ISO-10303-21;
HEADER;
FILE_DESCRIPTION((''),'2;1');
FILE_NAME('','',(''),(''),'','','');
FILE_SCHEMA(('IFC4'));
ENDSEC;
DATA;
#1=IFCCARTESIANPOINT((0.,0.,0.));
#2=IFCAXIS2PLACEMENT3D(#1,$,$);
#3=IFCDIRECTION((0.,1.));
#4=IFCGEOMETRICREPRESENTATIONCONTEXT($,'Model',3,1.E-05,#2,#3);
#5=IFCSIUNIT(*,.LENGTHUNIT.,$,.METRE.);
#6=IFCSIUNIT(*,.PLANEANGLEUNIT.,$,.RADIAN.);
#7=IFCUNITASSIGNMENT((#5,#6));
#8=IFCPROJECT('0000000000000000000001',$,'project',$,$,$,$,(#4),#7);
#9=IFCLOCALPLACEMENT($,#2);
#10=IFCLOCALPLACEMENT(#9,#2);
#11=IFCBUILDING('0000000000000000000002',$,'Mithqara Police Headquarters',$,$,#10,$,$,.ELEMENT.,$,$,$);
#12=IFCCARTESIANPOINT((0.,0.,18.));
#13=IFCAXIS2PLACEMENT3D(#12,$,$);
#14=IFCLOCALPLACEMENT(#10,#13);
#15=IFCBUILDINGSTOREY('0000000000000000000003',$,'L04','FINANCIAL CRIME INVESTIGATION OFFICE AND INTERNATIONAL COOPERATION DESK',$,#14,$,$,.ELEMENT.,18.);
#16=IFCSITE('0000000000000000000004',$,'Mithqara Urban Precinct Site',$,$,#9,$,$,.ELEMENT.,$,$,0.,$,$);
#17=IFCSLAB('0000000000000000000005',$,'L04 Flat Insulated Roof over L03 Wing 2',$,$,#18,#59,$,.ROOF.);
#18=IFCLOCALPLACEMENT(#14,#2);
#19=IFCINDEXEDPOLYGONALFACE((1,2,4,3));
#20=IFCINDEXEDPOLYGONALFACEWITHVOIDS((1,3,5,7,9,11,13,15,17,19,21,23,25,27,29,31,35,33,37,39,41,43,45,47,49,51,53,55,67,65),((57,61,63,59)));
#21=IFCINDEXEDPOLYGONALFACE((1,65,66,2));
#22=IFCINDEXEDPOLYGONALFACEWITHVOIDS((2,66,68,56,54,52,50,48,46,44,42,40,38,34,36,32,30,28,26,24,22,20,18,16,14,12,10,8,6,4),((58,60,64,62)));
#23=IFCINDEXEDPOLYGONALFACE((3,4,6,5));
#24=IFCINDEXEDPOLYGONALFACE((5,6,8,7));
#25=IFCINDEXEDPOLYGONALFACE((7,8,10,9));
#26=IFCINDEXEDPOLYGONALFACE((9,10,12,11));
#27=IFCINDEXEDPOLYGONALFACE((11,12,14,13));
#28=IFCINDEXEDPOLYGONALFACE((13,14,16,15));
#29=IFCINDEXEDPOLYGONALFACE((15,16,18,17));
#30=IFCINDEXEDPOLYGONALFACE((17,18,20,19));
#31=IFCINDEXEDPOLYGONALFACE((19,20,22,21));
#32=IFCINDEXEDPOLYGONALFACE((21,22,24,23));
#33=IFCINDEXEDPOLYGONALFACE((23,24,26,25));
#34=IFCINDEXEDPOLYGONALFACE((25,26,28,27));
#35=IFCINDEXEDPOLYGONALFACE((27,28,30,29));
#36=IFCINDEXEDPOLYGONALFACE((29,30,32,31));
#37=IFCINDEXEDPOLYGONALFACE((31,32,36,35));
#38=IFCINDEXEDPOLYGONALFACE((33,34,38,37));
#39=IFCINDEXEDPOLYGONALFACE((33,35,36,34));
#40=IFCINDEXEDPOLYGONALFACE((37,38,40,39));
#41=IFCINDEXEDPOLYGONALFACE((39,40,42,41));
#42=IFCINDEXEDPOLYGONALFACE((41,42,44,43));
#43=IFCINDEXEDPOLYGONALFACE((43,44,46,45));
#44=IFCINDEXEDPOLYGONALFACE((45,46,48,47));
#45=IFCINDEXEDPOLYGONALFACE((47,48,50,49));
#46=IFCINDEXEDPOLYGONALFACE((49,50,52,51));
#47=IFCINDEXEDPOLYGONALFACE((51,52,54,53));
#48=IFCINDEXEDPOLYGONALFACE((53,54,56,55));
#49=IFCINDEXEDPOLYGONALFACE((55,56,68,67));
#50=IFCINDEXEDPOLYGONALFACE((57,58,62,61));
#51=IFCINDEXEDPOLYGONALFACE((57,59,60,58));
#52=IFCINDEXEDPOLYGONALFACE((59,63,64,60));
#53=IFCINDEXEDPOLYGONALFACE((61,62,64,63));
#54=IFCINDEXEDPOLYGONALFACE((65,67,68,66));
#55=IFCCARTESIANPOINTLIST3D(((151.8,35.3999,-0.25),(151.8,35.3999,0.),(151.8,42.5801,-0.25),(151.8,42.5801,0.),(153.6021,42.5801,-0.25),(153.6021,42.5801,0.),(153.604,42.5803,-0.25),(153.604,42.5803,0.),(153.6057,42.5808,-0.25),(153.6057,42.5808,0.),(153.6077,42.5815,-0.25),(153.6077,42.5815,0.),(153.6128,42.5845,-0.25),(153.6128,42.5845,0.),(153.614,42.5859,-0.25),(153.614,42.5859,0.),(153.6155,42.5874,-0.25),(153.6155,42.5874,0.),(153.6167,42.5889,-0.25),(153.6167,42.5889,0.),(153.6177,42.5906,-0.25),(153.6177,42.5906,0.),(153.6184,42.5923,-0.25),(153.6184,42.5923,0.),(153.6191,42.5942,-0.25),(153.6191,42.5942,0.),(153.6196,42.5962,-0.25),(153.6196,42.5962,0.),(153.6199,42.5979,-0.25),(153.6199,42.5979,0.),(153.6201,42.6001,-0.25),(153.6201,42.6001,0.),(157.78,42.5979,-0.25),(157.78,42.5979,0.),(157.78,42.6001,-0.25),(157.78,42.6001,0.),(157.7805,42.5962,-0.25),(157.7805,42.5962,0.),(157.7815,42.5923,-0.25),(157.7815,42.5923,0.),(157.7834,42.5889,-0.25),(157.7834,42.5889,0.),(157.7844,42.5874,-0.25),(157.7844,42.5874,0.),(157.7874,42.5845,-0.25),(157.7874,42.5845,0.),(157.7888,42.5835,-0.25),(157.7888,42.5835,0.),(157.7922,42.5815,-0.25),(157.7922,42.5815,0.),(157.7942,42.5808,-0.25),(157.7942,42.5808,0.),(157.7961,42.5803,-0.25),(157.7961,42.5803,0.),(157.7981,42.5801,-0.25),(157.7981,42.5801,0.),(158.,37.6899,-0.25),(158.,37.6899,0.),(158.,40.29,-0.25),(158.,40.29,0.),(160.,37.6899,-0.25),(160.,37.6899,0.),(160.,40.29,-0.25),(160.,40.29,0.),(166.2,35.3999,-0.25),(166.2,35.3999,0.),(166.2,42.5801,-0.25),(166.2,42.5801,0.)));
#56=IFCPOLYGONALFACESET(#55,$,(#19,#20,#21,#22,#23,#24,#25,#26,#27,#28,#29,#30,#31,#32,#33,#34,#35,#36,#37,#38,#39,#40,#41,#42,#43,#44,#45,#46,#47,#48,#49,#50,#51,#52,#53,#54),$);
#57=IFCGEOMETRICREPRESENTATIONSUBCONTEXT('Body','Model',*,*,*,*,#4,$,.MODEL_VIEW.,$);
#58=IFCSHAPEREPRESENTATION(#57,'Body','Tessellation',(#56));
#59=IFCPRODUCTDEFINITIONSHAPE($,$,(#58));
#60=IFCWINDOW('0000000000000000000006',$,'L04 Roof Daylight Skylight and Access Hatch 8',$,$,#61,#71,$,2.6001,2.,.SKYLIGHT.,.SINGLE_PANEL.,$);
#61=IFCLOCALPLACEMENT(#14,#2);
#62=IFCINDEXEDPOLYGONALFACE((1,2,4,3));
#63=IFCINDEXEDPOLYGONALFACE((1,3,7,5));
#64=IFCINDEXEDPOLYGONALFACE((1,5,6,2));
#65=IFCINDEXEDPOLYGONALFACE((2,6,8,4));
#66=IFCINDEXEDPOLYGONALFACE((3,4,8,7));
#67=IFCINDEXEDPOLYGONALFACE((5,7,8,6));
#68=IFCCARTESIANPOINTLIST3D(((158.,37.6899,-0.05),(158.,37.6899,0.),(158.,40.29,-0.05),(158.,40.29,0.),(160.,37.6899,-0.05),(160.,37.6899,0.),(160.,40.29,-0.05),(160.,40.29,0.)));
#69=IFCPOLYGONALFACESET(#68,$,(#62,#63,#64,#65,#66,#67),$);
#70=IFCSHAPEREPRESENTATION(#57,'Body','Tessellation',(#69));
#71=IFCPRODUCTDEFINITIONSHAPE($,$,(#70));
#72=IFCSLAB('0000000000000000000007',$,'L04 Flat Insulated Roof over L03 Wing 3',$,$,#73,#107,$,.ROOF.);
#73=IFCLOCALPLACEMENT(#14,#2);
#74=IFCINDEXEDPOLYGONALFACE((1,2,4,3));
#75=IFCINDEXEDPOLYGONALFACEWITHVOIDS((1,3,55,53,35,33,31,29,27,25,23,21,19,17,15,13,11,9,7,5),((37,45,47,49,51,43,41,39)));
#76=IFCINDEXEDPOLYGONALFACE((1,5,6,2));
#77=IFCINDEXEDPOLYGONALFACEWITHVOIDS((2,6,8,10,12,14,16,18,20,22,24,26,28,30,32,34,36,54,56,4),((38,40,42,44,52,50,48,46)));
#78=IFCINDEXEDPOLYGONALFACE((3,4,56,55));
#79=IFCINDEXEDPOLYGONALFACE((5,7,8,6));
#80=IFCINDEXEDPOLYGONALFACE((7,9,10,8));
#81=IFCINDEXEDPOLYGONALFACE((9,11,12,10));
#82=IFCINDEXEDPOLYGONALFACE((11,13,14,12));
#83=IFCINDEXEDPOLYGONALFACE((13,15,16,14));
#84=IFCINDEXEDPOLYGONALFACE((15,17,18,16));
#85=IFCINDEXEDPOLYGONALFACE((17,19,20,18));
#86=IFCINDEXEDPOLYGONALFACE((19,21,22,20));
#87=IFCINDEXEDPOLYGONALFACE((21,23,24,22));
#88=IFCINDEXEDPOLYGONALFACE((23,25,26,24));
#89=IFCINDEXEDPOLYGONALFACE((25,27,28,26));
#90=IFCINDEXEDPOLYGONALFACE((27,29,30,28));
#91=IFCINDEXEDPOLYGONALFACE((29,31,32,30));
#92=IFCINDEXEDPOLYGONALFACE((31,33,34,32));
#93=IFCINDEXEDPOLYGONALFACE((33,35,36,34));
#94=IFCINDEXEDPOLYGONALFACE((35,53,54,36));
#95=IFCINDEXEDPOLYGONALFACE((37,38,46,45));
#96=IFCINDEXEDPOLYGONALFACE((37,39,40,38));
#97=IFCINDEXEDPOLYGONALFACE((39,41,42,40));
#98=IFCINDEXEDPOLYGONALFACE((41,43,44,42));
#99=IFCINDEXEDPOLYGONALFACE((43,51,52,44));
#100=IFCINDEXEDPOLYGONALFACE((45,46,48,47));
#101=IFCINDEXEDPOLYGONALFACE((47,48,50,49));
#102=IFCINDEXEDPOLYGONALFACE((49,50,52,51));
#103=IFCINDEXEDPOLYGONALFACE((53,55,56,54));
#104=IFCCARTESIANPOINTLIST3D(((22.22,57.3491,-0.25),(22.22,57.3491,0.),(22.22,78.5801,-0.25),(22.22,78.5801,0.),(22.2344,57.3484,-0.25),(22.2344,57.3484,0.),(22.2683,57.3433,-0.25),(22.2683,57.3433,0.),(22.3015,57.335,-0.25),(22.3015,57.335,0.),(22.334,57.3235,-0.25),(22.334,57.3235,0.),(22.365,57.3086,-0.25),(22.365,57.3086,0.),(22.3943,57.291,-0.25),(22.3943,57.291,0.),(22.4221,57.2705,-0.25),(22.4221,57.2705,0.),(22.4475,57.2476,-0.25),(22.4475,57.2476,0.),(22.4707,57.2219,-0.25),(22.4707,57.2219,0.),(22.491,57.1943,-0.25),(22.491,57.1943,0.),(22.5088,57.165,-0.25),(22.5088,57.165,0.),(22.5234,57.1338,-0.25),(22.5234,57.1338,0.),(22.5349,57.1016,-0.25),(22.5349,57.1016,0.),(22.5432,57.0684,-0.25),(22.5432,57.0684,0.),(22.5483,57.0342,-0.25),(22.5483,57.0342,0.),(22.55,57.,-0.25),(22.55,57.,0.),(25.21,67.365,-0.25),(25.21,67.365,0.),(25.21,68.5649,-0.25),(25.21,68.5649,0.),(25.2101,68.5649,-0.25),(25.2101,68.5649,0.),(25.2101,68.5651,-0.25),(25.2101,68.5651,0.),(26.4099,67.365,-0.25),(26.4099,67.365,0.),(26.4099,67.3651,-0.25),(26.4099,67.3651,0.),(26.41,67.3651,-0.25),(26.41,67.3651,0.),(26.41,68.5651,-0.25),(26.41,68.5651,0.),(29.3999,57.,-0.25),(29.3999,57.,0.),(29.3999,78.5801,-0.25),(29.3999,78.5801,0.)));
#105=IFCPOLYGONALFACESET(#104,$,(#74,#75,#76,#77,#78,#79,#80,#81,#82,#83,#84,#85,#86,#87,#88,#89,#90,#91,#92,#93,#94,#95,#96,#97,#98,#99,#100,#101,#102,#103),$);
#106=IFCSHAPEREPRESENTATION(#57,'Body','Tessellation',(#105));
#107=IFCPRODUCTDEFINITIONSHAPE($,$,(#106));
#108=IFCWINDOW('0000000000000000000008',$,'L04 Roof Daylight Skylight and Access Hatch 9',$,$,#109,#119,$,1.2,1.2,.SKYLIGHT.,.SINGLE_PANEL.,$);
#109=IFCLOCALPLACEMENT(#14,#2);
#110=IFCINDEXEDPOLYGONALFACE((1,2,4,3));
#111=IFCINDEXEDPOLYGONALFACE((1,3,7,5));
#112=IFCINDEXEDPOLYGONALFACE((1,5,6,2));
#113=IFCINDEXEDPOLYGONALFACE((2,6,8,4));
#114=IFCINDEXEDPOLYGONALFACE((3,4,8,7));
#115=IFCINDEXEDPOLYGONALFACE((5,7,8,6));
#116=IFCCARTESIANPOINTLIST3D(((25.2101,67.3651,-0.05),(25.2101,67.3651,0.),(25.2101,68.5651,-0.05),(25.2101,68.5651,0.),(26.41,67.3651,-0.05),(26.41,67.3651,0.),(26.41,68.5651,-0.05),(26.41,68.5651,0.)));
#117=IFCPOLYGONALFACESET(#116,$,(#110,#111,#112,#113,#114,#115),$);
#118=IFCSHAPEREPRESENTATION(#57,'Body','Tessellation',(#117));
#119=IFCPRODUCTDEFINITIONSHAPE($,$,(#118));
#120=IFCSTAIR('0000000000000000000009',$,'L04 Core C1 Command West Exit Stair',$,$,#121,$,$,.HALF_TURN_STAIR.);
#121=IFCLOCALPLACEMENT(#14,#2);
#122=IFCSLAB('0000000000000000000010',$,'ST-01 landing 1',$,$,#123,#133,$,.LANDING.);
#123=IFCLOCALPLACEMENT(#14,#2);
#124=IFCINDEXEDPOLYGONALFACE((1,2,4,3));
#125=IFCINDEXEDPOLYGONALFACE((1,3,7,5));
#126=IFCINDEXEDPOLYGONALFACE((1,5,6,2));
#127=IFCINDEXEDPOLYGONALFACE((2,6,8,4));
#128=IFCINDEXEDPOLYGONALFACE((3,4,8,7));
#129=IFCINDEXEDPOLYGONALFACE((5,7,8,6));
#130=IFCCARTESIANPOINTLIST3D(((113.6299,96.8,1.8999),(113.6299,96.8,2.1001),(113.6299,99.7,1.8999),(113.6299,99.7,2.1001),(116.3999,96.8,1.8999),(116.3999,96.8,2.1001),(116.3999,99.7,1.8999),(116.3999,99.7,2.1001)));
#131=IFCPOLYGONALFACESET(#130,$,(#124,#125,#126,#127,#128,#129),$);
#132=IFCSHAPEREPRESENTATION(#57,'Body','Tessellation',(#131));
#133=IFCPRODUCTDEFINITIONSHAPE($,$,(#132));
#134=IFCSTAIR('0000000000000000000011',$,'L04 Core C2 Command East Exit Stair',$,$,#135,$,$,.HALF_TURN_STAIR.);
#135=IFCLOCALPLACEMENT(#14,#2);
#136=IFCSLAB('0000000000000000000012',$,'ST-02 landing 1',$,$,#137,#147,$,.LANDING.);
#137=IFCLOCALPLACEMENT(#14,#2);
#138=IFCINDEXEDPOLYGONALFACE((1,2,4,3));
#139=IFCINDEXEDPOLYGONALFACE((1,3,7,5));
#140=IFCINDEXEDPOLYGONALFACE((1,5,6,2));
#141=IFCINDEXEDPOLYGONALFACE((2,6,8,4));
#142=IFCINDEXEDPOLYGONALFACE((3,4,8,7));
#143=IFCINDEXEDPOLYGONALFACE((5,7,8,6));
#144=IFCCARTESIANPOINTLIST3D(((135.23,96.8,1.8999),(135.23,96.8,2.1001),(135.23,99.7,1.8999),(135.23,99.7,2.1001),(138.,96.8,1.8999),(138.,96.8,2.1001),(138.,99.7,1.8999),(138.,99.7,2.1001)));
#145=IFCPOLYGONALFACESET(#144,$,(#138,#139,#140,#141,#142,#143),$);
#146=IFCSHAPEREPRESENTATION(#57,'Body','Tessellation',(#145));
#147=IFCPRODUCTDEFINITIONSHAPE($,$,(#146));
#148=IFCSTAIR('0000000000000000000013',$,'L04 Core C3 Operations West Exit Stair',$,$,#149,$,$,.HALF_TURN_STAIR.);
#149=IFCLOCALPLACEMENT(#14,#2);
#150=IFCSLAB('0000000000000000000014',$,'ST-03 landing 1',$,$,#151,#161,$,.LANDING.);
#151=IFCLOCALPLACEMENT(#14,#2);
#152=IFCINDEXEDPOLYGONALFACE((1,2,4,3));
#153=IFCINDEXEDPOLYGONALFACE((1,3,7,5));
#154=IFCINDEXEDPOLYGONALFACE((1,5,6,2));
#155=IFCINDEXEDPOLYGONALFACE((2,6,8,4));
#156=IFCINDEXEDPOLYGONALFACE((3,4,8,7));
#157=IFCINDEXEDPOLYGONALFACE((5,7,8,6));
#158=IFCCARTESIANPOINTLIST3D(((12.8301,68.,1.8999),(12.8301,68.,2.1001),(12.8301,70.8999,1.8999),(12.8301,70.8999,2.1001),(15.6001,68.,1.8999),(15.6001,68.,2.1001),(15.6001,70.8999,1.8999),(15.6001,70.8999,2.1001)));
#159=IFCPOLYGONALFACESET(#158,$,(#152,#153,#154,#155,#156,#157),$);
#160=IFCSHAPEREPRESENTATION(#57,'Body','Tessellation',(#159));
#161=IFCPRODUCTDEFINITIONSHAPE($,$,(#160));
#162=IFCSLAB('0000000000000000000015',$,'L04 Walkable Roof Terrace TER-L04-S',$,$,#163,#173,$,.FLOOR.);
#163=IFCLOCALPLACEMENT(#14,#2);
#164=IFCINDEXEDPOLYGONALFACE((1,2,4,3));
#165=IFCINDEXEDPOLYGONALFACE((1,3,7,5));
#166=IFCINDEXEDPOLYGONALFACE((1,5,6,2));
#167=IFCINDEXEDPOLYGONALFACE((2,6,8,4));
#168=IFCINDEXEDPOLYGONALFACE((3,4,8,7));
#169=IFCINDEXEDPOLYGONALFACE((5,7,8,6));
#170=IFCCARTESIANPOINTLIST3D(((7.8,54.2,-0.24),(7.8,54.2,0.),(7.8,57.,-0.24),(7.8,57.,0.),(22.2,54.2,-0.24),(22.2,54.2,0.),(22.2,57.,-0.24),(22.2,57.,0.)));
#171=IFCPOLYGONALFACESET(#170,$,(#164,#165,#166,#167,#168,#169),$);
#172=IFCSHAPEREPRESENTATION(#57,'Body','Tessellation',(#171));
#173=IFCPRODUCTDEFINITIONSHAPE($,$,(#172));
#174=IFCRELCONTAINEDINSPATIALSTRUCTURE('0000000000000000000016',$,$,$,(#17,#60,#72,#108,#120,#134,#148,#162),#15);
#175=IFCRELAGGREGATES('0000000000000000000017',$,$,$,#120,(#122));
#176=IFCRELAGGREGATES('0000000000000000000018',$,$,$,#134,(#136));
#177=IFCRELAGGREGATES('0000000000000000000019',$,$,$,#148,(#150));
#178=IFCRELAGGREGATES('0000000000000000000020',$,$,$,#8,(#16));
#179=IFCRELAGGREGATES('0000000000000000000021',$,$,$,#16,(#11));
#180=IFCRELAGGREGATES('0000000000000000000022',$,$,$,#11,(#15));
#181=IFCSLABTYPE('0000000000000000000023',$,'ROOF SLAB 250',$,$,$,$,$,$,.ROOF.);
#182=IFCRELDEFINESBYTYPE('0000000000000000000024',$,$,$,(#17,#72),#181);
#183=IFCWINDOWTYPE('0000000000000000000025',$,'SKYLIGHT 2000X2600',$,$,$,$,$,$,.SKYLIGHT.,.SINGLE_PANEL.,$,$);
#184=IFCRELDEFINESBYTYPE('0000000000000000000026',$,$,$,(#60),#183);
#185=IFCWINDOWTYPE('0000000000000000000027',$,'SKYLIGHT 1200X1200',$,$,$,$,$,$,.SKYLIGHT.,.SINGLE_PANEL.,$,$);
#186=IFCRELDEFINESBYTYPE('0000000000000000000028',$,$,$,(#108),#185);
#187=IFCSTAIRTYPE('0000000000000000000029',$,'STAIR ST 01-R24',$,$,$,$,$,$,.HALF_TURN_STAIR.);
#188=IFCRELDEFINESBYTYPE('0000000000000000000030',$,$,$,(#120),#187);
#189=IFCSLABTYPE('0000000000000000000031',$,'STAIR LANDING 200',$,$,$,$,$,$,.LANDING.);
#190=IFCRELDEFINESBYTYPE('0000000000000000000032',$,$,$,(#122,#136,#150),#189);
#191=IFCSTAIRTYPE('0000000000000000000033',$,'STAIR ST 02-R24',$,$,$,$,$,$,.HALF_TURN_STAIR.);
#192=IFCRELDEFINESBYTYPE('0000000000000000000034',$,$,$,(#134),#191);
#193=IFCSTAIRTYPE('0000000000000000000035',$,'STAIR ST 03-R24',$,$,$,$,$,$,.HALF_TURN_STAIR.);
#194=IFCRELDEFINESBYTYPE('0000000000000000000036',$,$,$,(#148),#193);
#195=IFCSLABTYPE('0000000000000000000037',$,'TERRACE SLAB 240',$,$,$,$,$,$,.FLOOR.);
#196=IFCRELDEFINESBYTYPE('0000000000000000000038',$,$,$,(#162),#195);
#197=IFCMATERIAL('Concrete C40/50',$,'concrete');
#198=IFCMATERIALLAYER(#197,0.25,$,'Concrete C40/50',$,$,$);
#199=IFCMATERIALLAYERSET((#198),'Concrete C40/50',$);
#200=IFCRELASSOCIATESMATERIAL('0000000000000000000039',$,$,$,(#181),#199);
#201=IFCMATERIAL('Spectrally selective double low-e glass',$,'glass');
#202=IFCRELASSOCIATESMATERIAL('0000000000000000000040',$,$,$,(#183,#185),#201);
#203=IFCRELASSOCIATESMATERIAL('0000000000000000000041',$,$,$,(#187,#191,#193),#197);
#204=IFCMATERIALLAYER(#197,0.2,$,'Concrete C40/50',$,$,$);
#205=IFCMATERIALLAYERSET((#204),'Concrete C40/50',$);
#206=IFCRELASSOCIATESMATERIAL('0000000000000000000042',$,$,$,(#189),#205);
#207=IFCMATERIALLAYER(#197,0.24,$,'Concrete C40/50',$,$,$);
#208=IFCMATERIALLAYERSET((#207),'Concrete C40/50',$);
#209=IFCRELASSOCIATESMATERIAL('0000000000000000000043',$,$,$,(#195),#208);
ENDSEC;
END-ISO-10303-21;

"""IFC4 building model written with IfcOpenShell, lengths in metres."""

from ifc_helpers import new_model, si_unit, direction, frame, origin, origin_2d, place, context, subcontext, project, spatial, polyline, rectangle, outline, extrude, material, layer, layer_set, type_object, element, fill, aggregate, save


model = new_model("IFC4")

# Units and contexts
model_context = context("Model", 3, precision=1e-05, world=origin(), true_north=direction((0.0, 1.0)))
body_context = subcontext(model_context, "Body", "Model", "MODEL_VIEW")
ifc_project = project(units=[si_unit("LENGTHUNIT", "METRE"), si_unit("PLANEANGLEUNIT", "RADIAN")], contexts=[model_context])

# Site, building, storey
site_placement = place(None, origin())
site = spatial("IfcSite", under=ifc_project, at=site_placement, Name="Mithqara Urban Precinct Site", CompositionType="ELEMENT", RefElevation=0.0)
building_placement = place(site_placement, origin())
building = spatial("IfcBuilding", under=site, at=building_placement, Name="Mithqara Police Headquarters", CompositionType="ELEMENT")
storey_placement = place(building_placement, frame((0.0, 0.0, 18.0)))
storey = spatial("IfcBuildingStorey", under=building, at=storey_placement, Name="L04", Description="FINANCIAL CRIME INVESTIGATION OFFICE AND INTERNATIONAL COOPERATION DESK", CompositionType="ELEMENT", Elevation=18.0)

# Shared definitions
ifc_material_1 = material(Name="Concrete C40/50", Category="concrete")

# Slabs, openings, windows
ifc_layer_1 = layer(ifc_material_1, 0.25, Name="Concrete C40/50")
ifc_layer_set_1 = layer_set([ifc_layer_1], Name="Concrete C40/50")
slab_type_1 = type_object("IfcSlabType", Name="ROOF SLAB 250", PredefinedType="ROOF", material=ifc_layer_set_1)
ifc_material_2 = material(Name="Spectrally selective double low-e glass", Category="glass")
slab_1_placement = place(storey_placement, frame((0.0, 0.0, -0.25)))
slab_1 = element("IfcSlab", 1, at=slab_1_placement, inside=storey, type_object=slab_type_1, Name="L04 Flat Insulated Roof over L03 Wing 2", PredefinedType="ROOF", context=body_context, shape_type="SweptSolid", body=[
    extrude(outline(polyline([(166.2, 35.3999), (151.8, 35.3999), (151.8, 42.5801), (153.6001, 42.5801), (153.6021, 42.5801), (153.604, 42.5803), (153.6057, 42.5808), (153.6077, 42.5815), (153.6094, 42.5825), (153.6111, 42.5835), (153.6128, 42.5845), (153.614, 42.5859), (153.6155, 42.5874), (153.6167, 42.5889), (153.6177, 42.5906), (153.6184, 42.5923), (153.6191, 42.5942), (153.6196, 42.5962), (153.6199, 42.5979), (153.6201, 42.6001), (157.78, 42.6001), (157.78, 42.5979), (157.7805, 42.5962), (157.781, 42.5942), (157.7815, 42.5923), (157.7825, 42.5906), (157.7834, 42.5889), (157.7844, 42.5874), (157.7859, 42.5859), (157.7874, 42.5845), (157.7888, 42.5835), (157.7905, 42.5825), (157.7922, 42.5815), (157.7942, 42.5808), (157.7961, 42.5803), (157.7981, 42.5801), (157.8, 42.5801), (166.2, 42.5801), (166.2, 35.3999)]), holes=[polyline([(158.0, 37.6899), (160.0, 37.6899), (160.0, 40.29), (158.0, 40.29), (158.0, 37.6899)])]), origin(), (0.0, 0.0, 1.0), 0.25),
])
opening_1_placement = place(slab_1_placement, frame((159.0, 38.99, -0.01)))
opening_1 = element("IfcOpeningElement", 2, at=opening_1_placement, cuts=slab_1, PredefinedType="OPENING", context=body_context, shape_type="SweptSolid", body=[
    extrude(rectangle(XDim=2.0, YDim=2.6001, at=origin_2d()), origin(), (0.0, 0.0, 1.0), 0.27),
])
window_type_1 = type_object("IfcWindowType", Name="SKYLIGHT 2000X2600", PartitioningType="SINGLE_PANEL", PredefinedType="SKYLIGHT", material=ifc_material_2)
window_1_placement = place(opening_1_placement, frame((0.0, 0.0, 0.21)))
window_1 = element("IfcWindow", 3, at=window_1_placement, inside=storey, type_object=window_type_1, Name="L04 Roof Daylight Skylight and Access Hatch 8", OverallHeight=2.6001, OverallWidth=2.0, PartitioningType="SINGLE_PANEL", PredefinedType="SKYLIGHT", context=body_context, shape_type="SweptSolid", body=[
    extrude(rectangle(XDim=2.0, YDim=2.6001, at=origin_2d()), origin(), (0.0, 0.0, 1.0), 0.05),
])
fill(opening_1, window_1)
slab_2_placement = place(storey_placement, frame((0.0, 0.0, -0.25)))
slab_2 = element("IfcSlab", 4, at=slab_2_placement, inside=storey, type_object=slab_type_1, Name="L04 Flat Insulated Roof over L03 Wing 3", PredefinedType="ROOF", context=body_context, shape_type="SweptSolid", body=[
    extrude(outline(polyline([(29.3999, 57.0), (22.55, 57.0), (22.5483, 57.0342), (22.5432, 57.0684), (22.5349, 57.1016), (22.5234, 57.1338), (22.5088, 57.165), (22.491, 57.1943), (22.4707, 57.2219), (22.4475, 57.2476), (22.4221, 57.2705), (22.3943, 57.291), (22.365, 57.3086), (22.334, 57.3235), (22.3015, 57.335), (22.2683, 57.3433), (22.2344, 57.3484), (22.22, 57.3491), (22.22, 78.5801), (29.3999, 78.5801), (29.3999, 57.0)]), holes=[polyline([(25.21, 67.365), (26.4099, 67.365), (26.4099, 68.5649), (25.21, 68.5649), (25.21, 67.365)])]), origin(), (0.0, 0.0, 1.0), 0.25),
])
opening_2_placement = place(slab_2_placement, frame((25.8101, 67.9651, -0.01)))
opening_2 = element("IfcOpeningElement", 5, at=opening_2_placement, cuts=slab_2, PredefinedType="OPENING", context=body_context, shape_type="SweptSolid", body=[
    extrude(rectangle(XDim=1.2, YDim=1.2, at=origin_2d()), origin(), (0.0, 0.0, 1.0), 0.27),
])
window_type_2 = type_object("IfcWindowType", Name="SKYLIGHT 1200X1200", PartitioningType="SINGLE_PANEL", PredefinedType="SKYLIGHT", material=ifc_material_2)
window_2_placement = place(opening_2_placement, frame((0.0, 0.0, 0.21)))
window_2 = element("IfcWindow", 6, at=window_2_placement, inside=storey, type_object=window_type_2, Name="L04 Roof Daylight Skylight and Access Hatch 9", OverallHeight=1.2, OverallWidth=1.2, PartitioningType="SINGLE_PANEL", PredefinedType="SKYLIGHT", context=body_context, shape_type="SweptSolid", body=[
    extrude(rectangle(XDim=1.2, YDim=1.2, at=origin_2d()), origin(), (0.0, 0.0, 1.0), 0.05),
])
fill(opening_2, window_2)

# Stairs, slabs
stair_type_1 = type_object("IfcStairType", Name="STAIR ST 01-R24", PredefinedType="HALF_TURN_STAIR", material=ifc_material_1)
stair_1_placement = place(storey_placement, origin())
stair_1 = element("IfcStair", 7, at=stair_1_placement, inside=storey, type_object=stair_type_1, Name="L04 Core C1 Command West Exit Stair", PredefinedType="HALF_TURN_STAIR")
ifc_layer_2 = layer(ifc_material_1, 0.2, Name="Concrete C40/50")
ifc_layer_set_2 = layer_set([ifc_layer_2], Name="Concrete C40/50")
slab_type_2 = type_object("IfcSlabType", Name="STAIR LANDING 200", PredefinedType="LANDING", material=ifc_layer_set_2)
slab_3_placement = place(storey_placement, frame((0.0, 0.0, 1.8999)))
slab_3 = element("IfcSlab", 8, at=slab_3_placement, type_object=slab_type_2, Name="ST-01 landing 1", PredefinedType="LANDING", context=body_context, shape_type="SweptSolid", body=[
    extrude(outline(polyline([(113.6299, 96.8), (116.3999, 96.8), (116.3999, 99.7), (113.6299, 99.7), (113.6299, 96.8)])), origin(), (0.0, 0.0, 1.0), 0.2002),
])
aggregate(stair_1, [slab_3])
stair_type_2 = type_object("IfcStairType", Name="STAIR ST 02-R24", PredefinedType="HALF_TURN_STAIR", material=ifc_material_1)
stair_2_placement = place(storey_placement, origin())
stair_2 = element("IfcStair", 9, at=stair_2_placement, inside=storey, type_object=stair_type_2, Name="L04 Core C2 Command East Exit Stair", PredefinedType="HALF_TURN_STAIR")
slab_4_placement = place(storey_placement, frame((0.0, 0.0, 1.8999)))
slab_4 = element("IfcSlab", 10, at=slab_4_placement, type_object=slab_type_2, Name="ST-02 landing 1", PredefinedType="LANDING", context=body_context, shape_type="SweptSolid", body=[
    extrude(outline(polyline([(135.23, 96.8), (138.0, 96.8), (138.0, 99.7), (135.23, 99.7), (135.23, 96.8)])), origin(), (0.0, 0.0, 1.0), 0.2002),
])
aggregate(stair_2, [slab_4])
stair_type_3 = type_object("IfcStairType", Name="STAIR ST 03-R24", PredefinedType="HALF_TURN_STAIR", material=ifc_material_1)
stair_3_placement = place(storey_placement, origin())
stair_3 = element("IfcStair", 11, at=stair_3_placement, inside=storey, type_object=stair_type_3, Name="L04 Core C3 Operations West Exit Stair", PredefinedType="HALF_TURN_STAIR")
slab_5_placement = place(storey_placement, frame((0.0, 0.0, 1.8999)))
slab_5 = element("IfcSlab", 12, at=slab_5_placement, type_object=slab_type_2, Name="ST-03 landing 1", PredefinedType="LANDING", context=body_context, shape_type="SweptSolid", body=[
    extrude(outline(polyline([(12.8301, 68.0), (15.6001, 68.0), (15.6001, 70.8999), (12.8301, 70.8999), (12.8301, 68.0)])), origin(), (0.0, 0.0, 1.0), 0.2002),
])
aggregate(stair_3, [slab_5])

# Slab
ifc_layer_3 = layer(ifc_material_1, 0.24, Name="Concrete C40/50")
ifc_layer_set_3 = layer_set([ifc_layer_3], Name="Concrete C40/50")
slab_type_3 = type_object("IfcSlabType", Name="TERRACE SLAB 240", PredefinedType="FLOOR", material=ifc_layer_set_3)
slab_6_placement = place(storey_placement, frame((0.0, 0.0, -0.24)))
element("IfcSlab", 13, at=slab_6_placement, inside=storey, type_object=slab_type_3, Name="L04 Walkable Roof Terrace TER-L04-S", PredefinedType="FLOOR", context=body_context, shape_type="SweptSolid", body=[
    extrude(outline(polyline([(22.2, 54.2), (7.8, 54.2), (7.8, 57.0), (22.2, 57.0), (22.2, 54.2)])), origin(), (0.0, 0.0, 1.0), 0.24),
])

save(model, "model.ifc")
